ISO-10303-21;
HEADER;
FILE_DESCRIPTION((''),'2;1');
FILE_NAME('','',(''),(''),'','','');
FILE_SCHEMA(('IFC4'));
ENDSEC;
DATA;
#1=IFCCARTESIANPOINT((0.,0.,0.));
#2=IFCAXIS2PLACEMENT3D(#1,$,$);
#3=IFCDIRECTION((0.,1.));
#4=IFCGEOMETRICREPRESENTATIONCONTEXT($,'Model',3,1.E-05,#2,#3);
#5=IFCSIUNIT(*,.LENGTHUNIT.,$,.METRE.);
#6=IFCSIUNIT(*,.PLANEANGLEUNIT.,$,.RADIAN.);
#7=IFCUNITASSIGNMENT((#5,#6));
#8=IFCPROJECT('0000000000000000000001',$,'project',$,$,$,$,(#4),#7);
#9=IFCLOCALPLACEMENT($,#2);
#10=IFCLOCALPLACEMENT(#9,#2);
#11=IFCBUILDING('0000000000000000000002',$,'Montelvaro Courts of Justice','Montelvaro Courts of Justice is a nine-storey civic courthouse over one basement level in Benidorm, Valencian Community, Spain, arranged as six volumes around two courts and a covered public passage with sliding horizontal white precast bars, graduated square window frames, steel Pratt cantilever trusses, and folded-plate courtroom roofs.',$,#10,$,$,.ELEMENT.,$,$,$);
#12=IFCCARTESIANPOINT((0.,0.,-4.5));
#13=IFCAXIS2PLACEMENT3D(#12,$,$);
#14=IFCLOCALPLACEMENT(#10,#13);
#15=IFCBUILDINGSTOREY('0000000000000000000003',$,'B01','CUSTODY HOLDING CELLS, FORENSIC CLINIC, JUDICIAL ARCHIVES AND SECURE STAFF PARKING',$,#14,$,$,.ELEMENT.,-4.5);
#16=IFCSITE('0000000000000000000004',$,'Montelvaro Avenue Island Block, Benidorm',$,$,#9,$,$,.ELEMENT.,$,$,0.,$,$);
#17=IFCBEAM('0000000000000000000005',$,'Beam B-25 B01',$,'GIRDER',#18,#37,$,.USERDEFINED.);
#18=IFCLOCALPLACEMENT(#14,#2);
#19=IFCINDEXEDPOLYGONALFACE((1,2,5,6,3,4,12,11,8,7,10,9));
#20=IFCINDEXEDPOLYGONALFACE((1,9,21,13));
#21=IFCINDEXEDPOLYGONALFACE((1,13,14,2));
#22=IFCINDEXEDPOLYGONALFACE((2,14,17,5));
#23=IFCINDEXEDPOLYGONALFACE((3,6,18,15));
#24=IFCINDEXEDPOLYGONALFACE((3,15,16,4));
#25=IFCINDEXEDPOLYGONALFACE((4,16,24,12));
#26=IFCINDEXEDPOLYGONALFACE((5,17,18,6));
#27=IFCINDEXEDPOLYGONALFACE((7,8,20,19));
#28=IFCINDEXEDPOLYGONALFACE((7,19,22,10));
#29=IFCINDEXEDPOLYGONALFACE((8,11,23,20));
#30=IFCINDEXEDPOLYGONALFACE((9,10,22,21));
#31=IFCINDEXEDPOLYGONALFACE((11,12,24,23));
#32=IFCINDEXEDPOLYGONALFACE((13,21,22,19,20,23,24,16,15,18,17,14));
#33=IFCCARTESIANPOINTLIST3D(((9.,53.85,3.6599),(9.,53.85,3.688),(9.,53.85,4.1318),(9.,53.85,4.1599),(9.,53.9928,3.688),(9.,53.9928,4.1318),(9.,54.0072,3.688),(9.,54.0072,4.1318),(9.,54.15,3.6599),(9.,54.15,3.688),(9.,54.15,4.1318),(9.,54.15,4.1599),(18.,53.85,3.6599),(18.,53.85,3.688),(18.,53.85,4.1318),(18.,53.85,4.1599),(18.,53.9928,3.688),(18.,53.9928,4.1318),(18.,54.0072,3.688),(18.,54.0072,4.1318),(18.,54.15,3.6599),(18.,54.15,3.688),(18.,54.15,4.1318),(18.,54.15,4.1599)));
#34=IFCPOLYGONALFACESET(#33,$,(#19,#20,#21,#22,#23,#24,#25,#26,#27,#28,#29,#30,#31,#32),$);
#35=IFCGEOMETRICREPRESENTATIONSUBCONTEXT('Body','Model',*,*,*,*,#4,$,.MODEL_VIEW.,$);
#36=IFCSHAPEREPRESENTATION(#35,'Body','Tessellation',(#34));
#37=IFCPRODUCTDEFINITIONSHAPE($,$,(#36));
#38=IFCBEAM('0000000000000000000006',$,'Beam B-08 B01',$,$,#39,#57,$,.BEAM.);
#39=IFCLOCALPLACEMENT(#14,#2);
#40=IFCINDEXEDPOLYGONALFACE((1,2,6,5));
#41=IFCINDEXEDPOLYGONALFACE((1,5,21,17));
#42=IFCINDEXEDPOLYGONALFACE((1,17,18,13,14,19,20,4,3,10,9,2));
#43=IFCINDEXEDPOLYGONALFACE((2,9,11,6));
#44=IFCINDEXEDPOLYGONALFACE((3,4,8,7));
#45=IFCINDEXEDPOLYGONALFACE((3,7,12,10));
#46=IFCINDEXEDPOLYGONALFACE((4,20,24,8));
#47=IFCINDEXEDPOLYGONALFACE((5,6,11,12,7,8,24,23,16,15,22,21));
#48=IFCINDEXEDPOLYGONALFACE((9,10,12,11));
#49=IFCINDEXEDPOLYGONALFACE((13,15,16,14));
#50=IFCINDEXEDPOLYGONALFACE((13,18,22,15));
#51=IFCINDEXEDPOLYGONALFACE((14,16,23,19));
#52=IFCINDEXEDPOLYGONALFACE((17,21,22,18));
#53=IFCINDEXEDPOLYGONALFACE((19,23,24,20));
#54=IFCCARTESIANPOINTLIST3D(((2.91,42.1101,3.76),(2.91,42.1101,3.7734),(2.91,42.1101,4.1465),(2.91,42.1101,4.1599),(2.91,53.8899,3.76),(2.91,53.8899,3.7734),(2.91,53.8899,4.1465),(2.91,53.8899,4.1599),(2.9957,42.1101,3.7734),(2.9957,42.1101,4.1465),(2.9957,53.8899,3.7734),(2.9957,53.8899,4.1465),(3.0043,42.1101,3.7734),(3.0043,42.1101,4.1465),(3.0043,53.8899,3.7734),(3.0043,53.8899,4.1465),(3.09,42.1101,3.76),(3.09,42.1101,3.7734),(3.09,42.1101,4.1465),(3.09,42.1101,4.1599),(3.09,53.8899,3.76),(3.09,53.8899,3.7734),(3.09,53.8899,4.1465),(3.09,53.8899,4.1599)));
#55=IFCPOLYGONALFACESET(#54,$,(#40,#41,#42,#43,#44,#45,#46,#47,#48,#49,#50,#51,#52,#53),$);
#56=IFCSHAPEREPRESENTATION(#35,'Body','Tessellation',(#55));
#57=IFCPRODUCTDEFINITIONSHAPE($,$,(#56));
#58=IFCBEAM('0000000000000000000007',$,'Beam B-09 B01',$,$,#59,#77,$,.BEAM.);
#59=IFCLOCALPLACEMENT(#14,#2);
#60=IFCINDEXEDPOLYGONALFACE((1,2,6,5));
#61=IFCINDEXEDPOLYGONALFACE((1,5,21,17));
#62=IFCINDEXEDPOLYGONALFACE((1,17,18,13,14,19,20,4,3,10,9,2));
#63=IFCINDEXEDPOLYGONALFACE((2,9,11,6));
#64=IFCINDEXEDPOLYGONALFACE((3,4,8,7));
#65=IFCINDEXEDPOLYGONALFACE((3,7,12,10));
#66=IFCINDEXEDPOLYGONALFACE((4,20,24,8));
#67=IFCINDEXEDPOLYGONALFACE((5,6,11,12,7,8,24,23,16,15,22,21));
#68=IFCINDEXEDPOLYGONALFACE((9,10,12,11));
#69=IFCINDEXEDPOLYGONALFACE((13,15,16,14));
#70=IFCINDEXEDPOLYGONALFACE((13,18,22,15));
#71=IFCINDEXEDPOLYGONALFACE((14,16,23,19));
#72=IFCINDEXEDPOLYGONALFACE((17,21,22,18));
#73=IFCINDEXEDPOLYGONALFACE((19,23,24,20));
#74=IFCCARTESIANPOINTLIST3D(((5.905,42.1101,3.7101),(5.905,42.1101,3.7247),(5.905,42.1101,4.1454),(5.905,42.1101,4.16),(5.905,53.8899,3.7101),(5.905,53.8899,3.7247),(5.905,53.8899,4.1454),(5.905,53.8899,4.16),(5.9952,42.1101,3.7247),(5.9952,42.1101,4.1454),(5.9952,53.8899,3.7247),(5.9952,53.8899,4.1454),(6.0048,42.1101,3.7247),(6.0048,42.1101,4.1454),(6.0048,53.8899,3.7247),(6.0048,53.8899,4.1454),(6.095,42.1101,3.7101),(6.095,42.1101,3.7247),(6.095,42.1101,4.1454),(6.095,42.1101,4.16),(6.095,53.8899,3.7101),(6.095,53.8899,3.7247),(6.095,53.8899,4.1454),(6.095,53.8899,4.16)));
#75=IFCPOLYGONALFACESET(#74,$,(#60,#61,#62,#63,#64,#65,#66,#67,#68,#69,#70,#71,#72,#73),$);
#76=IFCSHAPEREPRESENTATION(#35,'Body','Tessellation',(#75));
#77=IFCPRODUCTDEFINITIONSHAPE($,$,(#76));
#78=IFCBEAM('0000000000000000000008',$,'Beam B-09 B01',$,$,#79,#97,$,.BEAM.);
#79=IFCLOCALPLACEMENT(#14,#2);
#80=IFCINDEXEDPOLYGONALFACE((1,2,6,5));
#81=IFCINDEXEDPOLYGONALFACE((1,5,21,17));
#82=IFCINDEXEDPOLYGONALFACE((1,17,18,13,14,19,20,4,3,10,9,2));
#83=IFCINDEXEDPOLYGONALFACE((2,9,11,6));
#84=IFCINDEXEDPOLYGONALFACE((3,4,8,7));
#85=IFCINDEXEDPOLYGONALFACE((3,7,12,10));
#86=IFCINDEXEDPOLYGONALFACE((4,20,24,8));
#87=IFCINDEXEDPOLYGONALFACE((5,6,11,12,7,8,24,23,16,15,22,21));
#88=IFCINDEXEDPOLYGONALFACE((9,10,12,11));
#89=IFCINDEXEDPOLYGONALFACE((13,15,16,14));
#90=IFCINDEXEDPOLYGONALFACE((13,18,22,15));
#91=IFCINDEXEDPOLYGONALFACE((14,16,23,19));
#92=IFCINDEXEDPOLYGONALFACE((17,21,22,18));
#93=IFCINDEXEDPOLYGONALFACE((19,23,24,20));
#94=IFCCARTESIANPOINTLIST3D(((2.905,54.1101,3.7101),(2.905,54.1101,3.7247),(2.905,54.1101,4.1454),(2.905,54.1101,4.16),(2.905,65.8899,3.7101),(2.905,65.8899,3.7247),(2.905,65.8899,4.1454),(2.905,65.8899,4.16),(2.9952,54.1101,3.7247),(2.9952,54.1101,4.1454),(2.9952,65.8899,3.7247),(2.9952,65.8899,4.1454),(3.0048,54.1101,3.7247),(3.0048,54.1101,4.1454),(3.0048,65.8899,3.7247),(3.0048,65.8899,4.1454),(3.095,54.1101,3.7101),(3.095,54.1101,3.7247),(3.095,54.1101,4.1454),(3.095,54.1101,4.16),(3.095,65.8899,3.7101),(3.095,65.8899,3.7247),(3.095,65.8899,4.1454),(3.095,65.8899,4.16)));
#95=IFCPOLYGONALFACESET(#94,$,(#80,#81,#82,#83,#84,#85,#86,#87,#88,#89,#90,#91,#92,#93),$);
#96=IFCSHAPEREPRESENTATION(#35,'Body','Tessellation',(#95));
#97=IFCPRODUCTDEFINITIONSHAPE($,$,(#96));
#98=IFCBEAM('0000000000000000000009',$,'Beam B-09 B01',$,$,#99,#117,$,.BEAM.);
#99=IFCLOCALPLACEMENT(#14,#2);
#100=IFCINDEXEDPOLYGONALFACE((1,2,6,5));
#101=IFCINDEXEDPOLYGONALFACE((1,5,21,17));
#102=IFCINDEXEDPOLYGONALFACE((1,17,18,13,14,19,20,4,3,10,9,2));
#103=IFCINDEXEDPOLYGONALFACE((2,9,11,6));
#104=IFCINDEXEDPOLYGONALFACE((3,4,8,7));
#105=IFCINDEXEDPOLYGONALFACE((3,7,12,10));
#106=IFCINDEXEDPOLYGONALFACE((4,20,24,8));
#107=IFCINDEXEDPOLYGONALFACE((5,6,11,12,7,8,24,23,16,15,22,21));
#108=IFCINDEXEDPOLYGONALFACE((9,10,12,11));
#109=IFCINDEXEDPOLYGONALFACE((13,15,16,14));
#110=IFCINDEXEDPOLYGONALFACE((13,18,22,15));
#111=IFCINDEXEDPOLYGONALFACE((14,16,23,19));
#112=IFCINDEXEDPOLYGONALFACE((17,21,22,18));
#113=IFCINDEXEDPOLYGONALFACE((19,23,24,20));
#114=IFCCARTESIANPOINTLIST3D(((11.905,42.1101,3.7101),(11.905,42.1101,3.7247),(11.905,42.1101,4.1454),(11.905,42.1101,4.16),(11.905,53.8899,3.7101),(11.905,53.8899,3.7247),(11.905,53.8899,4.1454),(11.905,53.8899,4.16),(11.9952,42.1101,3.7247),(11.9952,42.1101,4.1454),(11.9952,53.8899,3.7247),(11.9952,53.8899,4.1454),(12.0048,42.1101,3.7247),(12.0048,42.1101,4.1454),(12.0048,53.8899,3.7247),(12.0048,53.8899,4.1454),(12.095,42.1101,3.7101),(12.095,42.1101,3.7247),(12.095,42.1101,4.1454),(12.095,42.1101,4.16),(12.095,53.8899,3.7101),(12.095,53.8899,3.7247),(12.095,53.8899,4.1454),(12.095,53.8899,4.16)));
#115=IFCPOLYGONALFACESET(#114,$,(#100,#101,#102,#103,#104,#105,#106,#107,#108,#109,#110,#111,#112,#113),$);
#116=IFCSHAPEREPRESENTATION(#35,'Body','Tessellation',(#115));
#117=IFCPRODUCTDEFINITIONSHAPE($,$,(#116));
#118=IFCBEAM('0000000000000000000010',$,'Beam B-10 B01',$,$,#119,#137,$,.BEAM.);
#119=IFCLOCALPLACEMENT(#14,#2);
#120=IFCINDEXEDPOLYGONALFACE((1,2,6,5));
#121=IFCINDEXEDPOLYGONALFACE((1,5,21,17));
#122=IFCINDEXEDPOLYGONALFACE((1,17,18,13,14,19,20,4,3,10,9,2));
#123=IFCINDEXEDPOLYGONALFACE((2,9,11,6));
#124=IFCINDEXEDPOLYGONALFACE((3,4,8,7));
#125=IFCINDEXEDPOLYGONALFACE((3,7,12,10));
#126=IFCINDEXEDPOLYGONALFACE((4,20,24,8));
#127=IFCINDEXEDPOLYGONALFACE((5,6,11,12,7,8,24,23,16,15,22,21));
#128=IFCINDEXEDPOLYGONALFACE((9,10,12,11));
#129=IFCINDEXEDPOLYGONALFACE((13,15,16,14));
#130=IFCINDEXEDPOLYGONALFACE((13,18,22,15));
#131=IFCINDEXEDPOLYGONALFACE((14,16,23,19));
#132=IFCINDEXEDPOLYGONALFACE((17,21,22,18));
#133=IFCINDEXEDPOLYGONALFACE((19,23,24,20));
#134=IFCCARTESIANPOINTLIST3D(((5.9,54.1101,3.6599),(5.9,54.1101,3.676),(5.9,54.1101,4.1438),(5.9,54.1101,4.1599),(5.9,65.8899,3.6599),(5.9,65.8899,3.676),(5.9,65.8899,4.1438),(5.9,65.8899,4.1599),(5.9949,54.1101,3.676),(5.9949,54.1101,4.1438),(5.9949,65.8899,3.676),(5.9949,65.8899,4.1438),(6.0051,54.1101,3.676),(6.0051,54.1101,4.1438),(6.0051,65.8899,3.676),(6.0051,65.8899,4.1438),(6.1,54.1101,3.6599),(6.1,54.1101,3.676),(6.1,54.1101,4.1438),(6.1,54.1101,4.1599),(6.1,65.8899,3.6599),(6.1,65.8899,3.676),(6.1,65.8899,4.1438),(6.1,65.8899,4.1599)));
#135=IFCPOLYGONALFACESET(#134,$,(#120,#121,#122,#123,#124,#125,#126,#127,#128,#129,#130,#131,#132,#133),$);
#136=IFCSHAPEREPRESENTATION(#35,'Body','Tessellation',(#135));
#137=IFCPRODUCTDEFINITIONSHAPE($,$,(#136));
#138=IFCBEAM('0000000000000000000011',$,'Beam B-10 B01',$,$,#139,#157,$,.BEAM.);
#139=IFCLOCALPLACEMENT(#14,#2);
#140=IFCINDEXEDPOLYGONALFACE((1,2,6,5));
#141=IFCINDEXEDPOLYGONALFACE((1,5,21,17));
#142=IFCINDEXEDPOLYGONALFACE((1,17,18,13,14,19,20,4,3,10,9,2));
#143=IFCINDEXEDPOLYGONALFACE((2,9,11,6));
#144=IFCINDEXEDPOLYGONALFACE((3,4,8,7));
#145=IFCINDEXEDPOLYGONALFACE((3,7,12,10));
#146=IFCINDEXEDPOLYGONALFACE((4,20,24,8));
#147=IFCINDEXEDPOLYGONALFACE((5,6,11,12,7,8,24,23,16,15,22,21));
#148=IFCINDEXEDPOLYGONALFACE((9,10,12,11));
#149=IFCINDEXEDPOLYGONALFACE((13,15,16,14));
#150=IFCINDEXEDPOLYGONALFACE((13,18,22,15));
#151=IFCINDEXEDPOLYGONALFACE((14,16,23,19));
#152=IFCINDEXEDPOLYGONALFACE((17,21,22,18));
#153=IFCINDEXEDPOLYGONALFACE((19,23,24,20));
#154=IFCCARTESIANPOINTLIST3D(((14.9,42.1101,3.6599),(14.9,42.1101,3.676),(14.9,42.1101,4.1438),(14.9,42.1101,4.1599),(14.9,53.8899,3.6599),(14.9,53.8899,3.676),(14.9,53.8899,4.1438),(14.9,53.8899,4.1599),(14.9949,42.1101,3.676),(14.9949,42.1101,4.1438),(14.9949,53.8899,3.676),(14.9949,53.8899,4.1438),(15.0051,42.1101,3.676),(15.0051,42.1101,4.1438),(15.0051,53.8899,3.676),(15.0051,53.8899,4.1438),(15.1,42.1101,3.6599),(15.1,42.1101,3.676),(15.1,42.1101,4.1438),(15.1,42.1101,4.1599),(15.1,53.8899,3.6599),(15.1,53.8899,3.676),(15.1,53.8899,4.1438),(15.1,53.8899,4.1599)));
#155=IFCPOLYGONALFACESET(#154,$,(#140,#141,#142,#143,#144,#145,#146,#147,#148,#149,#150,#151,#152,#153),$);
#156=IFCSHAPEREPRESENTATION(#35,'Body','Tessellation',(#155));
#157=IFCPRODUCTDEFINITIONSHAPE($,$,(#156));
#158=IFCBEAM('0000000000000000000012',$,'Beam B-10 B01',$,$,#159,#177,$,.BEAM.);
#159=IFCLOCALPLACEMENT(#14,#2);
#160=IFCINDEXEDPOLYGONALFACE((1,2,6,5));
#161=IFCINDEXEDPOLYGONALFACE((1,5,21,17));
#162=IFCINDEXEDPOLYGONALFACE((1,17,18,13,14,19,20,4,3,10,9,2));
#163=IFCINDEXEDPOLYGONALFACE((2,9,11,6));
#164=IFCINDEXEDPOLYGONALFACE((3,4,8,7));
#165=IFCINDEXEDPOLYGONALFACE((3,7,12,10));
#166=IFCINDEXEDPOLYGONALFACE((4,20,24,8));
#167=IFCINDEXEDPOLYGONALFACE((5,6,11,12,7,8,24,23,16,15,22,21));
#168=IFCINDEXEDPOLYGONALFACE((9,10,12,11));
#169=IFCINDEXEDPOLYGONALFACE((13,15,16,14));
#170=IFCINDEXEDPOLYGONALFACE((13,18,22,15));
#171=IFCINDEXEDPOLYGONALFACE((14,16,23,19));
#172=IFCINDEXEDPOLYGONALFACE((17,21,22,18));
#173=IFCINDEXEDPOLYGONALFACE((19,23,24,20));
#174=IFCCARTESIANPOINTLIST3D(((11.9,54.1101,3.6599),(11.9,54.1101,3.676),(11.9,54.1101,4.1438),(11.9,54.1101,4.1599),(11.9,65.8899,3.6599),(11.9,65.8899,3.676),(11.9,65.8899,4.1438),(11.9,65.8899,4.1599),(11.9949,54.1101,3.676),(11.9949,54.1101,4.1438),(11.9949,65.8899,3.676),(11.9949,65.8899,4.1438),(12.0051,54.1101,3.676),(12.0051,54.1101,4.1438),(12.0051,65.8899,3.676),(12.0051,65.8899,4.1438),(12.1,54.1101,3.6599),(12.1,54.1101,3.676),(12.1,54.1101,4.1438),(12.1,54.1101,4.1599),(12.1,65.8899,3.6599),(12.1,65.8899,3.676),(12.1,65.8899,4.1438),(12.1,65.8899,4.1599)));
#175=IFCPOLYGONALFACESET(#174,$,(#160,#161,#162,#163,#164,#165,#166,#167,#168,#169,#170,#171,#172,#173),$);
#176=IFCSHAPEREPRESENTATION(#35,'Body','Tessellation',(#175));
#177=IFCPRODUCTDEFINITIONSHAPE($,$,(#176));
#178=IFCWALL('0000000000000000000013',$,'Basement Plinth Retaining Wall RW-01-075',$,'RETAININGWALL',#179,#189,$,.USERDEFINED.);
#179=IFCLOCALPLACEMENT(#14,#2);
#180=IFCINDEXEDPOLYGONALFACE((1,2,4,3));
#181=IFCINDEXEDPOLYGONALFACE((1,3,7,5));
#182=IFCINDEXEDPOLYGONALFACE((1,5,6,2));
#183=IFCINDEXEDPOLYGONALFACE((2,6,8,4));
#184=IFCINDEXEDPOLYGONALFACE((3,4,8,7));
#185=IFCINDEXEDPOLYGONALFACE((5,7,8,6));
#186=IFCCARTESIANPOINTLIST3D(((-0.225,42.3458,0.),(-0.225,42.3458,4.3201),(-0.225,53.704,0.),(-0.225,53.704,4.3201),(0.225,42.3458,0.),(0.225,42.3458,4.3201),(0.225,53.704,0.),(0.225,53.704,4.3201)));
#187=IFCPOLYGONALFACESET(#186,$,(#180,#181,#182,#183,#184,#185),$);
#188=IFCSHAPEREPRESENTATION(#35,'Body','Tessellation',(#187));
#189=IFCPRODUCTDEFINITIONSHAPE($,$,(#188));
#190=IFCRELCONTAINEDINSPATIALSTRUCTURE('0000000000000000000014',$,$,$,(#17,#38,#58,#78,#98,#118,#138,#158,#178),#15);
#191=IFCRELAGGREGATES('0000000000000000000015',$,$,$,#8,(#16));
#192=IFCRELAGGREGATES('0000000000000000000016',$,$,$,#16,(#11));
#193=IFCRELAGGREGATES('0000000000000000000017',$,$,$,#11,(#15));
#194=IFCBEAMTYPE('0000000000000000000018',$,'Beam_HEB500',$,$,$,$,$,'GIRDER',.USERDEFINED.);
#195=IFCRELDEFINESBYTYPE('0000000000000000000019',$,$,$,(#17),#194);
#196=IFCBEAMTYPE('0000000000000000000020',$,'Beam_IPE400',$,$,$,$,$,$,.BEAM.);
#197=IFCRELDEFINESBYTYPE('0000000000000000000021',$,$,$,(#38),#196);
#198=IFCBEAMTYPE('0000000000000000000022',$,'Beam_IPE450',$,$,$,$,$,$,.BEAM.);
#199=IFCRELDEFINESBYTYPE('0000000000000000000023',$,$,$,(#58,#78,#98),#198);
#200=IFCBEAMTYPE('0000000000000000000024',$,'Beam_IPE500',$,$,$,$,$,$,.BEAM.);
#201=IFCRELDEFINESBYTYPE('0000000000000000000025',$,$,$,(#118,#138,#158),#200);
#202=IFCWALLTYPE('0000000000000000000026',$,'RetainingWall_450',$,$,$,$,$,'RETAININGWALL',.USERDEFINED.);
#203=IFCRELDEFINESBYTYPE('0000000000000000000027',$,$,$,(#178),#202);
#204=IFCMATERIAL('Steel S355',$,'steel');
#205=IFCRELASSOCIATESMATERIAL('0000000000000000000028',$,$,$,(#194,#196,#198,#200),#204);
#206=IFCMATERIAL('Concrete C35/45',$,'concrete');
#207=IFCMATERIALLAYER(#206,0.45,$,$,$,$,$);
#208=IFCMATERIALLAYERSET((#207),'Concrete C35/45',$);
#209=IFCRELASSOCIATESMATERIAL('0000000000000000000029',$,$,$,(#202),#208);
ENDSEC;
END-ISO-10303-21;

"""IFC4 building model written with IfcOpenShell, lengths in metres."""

from ifc_helpers import new_model, si_unit, direction, frame, frame_2d, origin, origin_2d, place, context, subcontext, project, spatial, rectangle, i_section, extrude, material, layer, layer_set, material_profile, profile_set, type_object, element, save


model = new_model("IFC4")

# Units and contexts
model_context = context("Model", 3, precision=1e-05, world=origin(), true_north=direction((0.0, 1.0)))
body_context = subcontext(model_context, "Body", "Model", "MODEL_VIEW")
ifc_project = project(units=[si_unit("LENGTHUNIT", "METRE"), si_unit("PLANEANGLEUNIT", "RADIAN")], contexts=[model_context])

# Site, building, storey
site_placement = place(None, origin())
site = spatial("IfcSite", under=ifc_project, at=site_placement, Name="Montelvaro Avenue Island Block, Benidorm", CompositionType="ELEMENT", RefElevation=0.0)
building_placement = place(site_placement, origin())
building = spatial("IfcBuilding", under=site, at=building_placement, Name="Montelvaro Courts of Justice", Description="Montelvaro Courts of Justice is a nine-storey civic courthouse over one basement level in Benidorm, Valencian Community, Spain, arranged as six volumes around two courts and a covered public passage with sliding horizontal white precast bars, graduated square window frames, steel Pratt cantilever trusses, and folded-plate courtroom roofs.", CompositionType="ELEMENT")
storey_placement = place(building_placement, frame((0.0, 0.0, -4.5)))
storey = spatial("IfcBuildingStorey", under=building, at=storey_placement, Name="B01", Description="CUSTODY HOLDING CELLS, FORENSIC CLINIC, JUDICIAL ARCHIVES AND SECURE STAFF PARKING", CompositionType="ELEMENT", Elevation=-4.5)

# Shared definitions
ifc_material_1 = material(Name="Concrete C35/45", Category="concrete")

# Beams
ifc_material_2 = material(Name="Steel S355", Category="steel")
ifc_material_profile_1 = material_profile(ifc_material_2, i_section(OverallWidth=0.3, OverallDepth=0.5, WebThickness=0.0144, FlangeThickness=0.0281, at=origin_2d()), Name="HEB 500")
ifc_profile_set_1 = profile_set([ifc_material_profile_1], Name="Steel S355")
beam_type_1 = type_object("IfcBeamType", Name="Beam_HEB500", ElementType="GIRDER", PredefinedType="USERDEFINED", material=ifc_profile_set_1)
for number, where, z_axis, x_axis, name in (
    (1, (9.0, 54.0, 3.9099), (1.0, 0.0, 0.0), (0.0, 1.0, 0.0), "Beam B-25 B01"),
):
    element("IfcBeam", number, at=place(storey_placement, frame(where, z_axis=z_axis, x_axis=x_axis)), inside=storey, type_object=beam_type_1, Name=name, ObjectType="GIRDER", PredefinedType="USERDEFINED", context=body_context, shape_type="SweptSolid", body=[
        extrude(i_section(OverallWidth=0.3, OverallDepth=0.5, WebThickness=0.0144, FlangeThickness=0.0281, at=origin_2d()), origin(), (0.0, 0.0, 1.0), 9.0),
    ])
ifc_material_profile_2 = material_profile(ifc_material_2, i_section(OverallWidth=0.1799, OverallDepth=0.3999, WebThickness=0.0085, FlangeThickness=0.0134, at=origin_2d()), Name="IPE 400")
ifc_profile_set_2 = profile_set([ifc_material_profile_2], Name="Steel S355")
beam_type_2 = type_object("IfcBeamType", Name="Beam_IPE400", PredefinedType="BEAM", material=ifc_profile_set_2)
beam_1_placement = place(storey_placement, frame((3.0, 42.1101, 3.96), z_axis=(0.0, 1.0, 0.0), x_axis=(-1.0, 0.0, 0.0)))
element("IfcBeam", 2, at=beam_1_placement, inside=storey, type_object=beam_type_2, Name="Beam B-08 B01", PredefinedType="BEAM", context=body_context, shape_type="SweptSolid", body=[
    extrude(i_section(OverallWidth=0.1799, OverallDepth=0.3999, WebThickness=0.0085, FlangeThickness=0.0134, at=origin_2d()), origin(), (0.0, 0.0, 1.0), 11.7798),
])
ifc_material_profile_3 = material_profile(ifc_material_2, i_section(OverallWidth=0.1899, OverallDepth=0.45, WebThickness=0.0095, FlangeThickness=0.0146, at=origin_2d()), Name="IPE 450")
ifc_profile_set_3 = profile_set([ifc_material_profile_3], Name="Steel S355")
beam_type_3 = type_object("IfcBeamType", Name="Beam_IPE450", PredefinedType="BEAM", material=ifc_profile_set_3)
for number, where, z_axis, x_axis, name in (
    (3, (6.0, 42.1101, 3.9351), (0.0, 1.0, 0.0), (-1.0, 0.0, 0.0), "Beam B-09 B01"),
    (4, (3.0, 54.1101, 3.9351), (0.0, 1.0, 0.0), (-1.0, 0.0, 0.0), "Beam B-09 B01"),
    (5, (12.0, 42.1101, 3.9351), (0.0, 1.0, 0.0), (-1.0, 0.0, 0.0), "Beam B-09 B01"),
):
    element("IfcBeam", number, at=place(storey_placement, frame(where, z_axis=z_axis, x_axis=x_axis)), inside=storey, type_object=beam_type_3, Name=name, PredefinedType="BEAM", context=body_context, shape_type="SweptSolid", body=[
        extrude(i_section(OverallWidth=0.1899, OverallDepth=0.45, WebThickness=0.0095, FlangeThickness=0.0146, at=origin_2d()), origin(), (0.0, 0.0, 1.0), 11.7798),
    ])
ifc_material_profile_4 = material_profile(ifc_material_2, i_section(OverallWidth=0.2, OverallDepth=0.5, WebThickness=0.0103, FlangeThickness=0.0161, at=origin_2d()), Name="IPE 500")
ifc_profile_set_4 = profile_set([ifc_material_profile_4], Name="Steel S355")
beam_type_4 = type_object("IfcBeamType", Name="Beam_IPE500", PredefinedType="BEAM", material=ifc_profile_set_4)
for number, where, z_axis, x_axis, name in (
    (6, (6.0, 54.1101, 3.9099), (0.0, 1.0, 0.0), (-1.0, 0.0, 0.0), "Beam B-10 B01"),
    (7, (15.0, 42.1101, 3.9099), (0.0, 1.0, 0.0), (-1.0, 0.0, 0.0), "Beam B-10 B01"),
    (8, (12.0, 54.1101, 3.9099), (0.0, 1.0, 0.0), (-1.0, 0.0, 0.0), "Beam B-10 B01"),
):
    element("IfcBeam", number, at=place(storey_placement, frame(where, z_axis=z_axis, x_axis=x_axis)), inside=storey, type_object=beam_type_4, Name=name, PredefinedType="BEAM", context=body_context, shape_type="SweptSolid", body=[
        extrude(i_section(OverallWidth=0.2, OverallDepth=0.5, WebThickness=0.0103, FlangeThickness=0.0161, at=origin_2d()), origin(), (0.0, 0.0, 1.0), 11.7798),
    ])

# Wall
ifc_layer = layer(ifc_material_1, 0.45)
ifc_layer_set = layer_set([ifc_layer], Name="Concrete C35/45")
wall_type = type_object("IfcWallType", Name="RetainingWall_450", ElementType="RETAININGWALL", PredefinedType="USERDEFINED", material=ifc_layer_set)
wall_1_placement = place(storey_placement, frame((0.0, 53.7041, 0.0), z_axis=(0.0, 0.0, 1.0), x_axis=(0.0, -1.0, 0.0)))
element("IfcWall", 9, at=wall_1_placement, inside=storey, type_object=wall_type, Name="Basement Plinth Retaining Wall RW-01-075", ObjectType="RETAININGWALL", PredefinedType="USERDEFINED", context=body_context, shape_type="SweptSolid", body=[
    extrude(rectangle(XDim=11.3582, YDim=0.45, at=frame_2d((5.6792, 0.0))), origin(), (0.0, 0.0, 1.0), 4.3201),
])

save(model, "model.ifc")
